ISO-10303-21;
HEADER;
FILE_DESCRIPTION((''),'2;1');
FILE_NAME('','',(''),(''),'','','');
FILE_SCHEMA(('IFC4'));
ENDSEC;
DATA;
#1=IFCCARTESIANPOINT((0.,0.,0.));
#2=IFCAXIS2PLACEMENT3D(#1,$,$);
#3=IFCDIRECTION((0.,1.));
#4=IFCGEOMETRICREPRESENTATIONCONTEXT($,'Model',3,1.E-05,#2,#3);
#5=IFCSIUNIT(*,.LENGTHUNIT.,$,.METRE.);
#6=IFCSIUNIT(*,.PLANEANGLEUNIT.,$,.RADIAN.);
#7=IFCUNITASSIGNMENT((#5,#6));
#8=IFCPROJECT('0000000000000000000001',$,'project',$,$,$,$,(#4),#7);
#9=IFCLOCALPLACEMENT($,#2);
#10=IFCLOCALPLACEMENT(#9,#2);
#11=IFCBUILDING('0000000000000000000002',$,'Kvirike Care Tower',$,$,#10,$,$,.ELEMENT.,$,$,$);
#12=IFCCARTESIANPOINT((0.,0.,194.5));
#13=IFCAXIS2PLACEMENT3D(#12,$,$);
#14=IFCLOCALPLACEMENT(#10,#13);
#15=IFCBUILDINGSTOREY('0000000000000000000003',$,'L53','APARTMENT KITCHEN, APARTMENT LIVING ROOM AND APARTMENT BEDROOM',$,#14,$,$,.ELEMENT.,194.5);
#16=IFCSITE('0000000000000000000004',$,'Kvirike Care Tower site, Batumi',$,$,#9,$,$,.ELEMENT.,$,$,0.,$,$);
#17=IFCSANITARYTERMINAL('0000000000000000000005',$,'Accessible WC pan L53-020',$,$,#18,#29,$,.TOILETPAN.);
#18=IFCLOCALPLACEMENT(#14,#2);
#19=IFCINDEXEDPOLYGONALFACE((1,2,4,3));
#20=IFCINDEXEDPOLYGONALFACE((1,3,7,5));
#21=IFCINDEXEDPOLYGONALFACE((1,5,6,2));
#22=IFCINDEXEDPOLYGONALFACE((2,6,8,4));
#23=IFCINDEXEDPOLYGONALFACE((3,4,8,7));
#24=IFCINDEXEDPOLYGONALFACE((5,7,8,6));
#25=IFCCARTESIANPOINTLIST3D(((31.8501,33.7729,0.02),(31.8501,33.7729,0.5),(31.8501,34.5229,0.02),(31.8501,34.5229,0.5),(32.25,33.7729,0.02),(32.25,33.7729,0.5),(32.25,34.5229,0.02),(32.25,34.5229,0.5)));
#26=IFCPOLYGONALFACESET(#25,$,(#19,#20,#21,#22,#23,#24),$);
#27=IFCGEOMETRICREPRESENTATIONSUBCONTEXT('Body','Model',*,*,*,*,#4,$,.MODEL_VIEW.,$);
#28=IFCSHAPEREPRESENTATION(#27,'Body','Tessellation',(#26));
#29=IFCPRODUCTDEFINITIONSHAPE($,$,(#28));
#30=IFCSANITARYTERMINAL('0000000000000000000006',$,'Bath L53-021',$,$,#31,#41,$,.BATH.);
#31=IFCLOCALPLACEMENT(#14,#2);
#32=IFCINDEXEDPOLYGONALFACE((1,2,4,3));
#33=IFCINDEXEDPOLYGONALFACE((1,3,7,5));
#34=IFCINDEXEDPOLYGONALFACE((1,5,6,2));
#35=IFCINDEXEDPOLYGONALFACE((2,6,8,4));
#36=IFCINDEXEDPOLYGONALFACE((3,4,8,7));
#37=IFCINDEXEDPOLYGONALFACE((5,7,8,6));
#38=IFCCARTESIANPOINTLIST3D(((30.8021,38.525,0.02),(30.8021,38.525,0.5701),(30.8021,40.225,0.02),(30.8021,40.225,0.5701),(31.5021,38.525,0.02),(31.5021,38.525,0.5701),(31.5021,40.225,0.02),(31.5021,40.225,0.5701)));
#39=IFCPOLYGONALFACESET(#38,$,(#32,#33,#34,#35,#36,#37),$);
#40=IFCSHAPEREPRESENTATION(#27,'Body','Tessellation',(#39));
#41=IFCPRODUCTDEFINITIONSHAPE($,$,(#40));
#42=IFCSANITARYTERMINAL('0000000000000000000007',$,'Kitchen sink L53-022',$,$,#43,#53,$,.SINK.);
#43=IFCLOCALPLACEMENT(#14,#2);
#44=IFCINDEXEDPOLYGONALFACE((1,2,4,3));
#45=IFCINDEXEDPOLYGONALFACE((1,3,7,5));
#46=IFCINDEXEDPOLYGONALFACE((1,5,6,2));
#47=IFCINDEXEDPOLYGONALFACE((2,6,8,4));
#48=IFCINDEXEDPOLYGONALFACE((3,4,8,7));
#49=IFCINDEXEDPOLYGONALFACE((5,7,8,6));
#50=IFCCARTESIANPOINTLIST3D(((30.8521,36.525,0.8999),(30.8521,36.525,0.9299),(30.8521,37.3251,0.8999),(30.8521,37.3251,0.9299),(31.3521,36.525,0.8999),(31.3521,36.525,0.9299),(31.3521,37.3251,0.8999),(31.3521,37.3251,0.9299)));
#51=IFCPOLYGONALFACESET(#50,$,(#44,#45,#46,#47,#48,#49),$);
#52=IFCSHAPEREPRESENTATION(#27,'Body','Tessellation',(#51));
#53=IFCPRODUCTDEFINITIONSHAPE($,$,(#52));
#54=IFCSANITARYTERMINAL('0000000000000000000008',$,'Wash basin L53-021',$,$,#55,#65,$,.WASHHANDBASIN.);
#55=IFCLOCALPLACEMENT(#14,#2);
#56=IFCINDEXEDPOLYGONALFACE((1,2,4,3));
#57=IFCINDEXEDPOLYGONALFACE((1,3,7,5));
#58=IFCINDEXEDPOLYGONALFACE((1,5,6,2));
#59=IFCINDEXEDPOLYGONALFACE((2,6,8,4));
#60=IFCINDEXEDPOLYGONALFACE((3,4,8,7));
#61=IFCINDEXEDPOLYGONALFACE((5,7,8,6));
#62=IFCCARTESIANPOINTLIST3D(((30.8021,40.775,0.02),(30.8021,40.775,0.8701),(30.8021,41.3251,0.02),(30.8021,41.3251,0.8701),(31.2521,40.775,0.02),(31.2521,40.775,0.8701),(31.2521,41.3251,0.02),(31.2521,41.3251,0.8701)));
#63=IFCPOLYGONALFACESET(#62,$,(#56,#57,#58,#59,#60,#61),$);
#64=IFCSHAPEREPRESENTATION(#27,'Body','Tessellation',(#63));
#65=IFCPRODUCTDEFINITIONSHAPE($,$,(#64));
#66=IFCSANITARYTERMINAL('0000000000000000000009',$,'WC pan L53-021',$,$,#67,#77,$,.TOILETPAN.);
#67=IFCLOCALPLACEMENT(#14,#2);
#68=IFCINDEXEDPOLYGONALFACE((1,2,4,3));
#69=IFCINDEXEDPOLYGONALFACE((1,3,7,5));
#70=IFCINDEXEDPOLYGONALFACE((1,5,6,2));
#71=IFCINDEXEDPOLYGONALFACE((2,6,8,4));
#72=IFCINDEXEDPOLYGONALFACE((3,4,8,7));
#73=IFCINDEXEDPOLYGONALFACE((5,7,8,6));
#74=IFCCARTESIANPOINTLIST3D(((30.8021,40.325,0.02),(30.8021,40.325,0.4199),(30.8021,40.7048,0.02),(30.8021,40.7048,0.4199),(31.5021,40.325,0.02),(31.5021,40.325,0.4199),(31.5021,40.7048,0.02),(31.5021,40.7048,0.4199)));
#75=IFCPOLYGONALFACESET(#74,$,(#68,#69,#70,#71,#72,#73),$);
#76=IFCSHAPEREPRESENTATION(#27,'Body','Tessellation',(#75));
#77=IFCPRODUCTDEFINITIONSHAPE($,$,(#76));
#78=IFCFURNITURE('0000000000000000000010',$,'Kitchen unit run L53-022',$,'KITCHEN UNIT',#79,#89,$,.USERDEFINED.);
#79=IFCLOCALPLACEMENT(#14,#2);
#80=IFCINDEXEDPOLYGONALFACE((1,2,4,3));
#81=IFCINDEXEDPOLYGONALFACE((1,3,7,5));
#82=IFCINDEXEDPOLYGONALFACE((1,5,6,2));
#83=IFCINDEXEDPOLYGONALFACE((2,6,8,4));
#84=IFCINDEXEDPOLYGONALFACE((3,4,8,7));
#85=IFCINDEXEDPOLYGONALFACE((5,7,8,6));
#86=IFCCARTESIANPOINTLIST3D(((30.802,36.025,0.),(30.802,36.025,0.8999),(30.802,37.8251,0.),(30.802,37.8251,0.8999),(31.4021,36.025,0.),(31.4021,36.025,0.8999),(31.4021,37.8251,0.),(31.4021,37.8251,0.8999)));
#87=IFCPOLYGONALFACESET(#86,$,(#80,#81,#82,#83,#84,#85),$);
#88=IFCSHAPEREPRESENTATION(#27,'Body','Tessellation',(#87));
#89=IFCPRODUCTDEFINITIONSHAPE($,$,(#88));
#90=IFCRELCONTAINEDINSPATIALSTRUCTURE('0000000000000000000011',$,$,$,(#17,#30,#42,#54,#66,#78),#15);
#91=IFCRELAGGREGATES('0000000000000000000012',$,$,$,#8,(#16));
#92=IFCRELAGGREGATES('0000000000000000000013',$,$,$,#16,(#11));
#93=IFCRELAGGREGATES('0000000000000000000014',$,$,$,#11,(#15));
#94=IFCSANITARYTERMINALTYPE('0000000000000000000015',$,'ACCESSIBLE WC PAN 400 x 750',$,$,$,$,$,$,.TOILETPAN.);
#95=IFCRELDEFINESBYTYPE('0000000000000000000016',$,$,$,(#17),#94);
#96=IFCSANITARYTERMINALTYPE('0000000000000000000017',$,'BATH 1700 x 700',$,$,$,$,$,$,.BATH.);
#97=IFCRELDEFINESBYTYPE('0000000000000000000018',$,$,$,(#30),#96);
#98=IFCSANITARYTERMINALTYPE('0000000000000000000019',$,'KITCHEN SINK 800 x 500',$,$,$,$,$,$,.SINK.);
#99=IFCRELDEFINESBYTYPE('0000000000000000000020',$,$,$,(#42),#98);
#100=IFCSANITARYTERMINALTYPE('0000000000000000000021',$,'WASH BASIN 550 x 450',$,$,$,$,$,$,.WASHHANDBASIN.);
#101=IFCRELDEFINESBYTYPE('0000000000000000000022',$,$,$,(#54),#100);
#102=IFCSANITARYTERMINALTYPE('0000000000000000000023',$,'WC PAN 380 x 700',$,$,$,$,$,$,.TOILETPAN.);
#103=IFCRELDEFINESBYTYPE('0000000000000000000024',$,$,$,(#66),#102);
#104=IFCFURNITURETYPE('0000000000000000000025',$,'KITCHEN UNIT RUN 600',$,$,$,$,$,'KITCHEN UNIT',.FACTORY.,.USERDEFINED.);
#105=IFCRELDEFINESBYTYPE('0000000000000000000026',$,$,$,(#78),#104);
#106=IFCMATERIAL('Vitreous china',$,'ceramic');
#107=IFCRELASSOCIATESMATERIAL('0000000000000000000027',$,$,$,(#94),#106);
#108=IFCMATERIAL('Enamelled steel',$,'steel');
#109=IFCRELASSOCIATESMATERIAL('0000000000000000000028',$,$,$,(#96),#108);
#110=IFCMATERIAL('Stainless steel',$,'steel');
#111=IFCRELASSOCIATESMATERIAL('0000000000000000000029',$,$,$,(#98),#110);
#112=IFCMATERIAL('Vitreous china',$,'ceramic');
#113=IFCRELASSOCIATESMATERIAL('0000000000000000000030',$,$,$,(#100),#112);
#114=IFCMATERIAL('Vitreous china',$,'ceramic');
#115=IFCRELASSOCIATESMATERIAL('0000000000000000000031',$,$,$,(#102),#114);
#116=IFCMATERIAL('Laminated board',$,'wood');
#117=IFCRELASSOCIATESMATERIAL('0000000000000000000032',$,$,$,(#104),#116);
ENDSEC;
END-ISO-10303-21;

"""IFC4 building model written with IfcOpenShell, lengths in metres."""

from ifc_helpers import new_model, si_unit, direction, frame, origin, origin_2d, place, context, subcontext, project, spatial, rectangle, extrude, material, type_object, element, save


model = new_model("IFC4")

# Units and contexts
model_context = context("Model", 3, precision=1e-05, world=origin(), true_north=direction((0.0, 1.0)))
body_context = subcontext(model_context, "Body", "Model", "MODEL_VIEW")
ifc_project = project(units=[si_unit("LENGTHUNIT", "METRE"), si_unit("PLANEANGLEUNIT", "RADIAN")], contexts=[model_context])

# Site, building, storey
site_placement = place(None, origin())
site = spatial("IfcSite", under=ifc_project, at=site_placement, Name="Kvirike Care Tower site, Batumi", CompositionType="ELEMENT", RefElevation=0.0)
building_placement = place(site_placement, origin())
building = spatial("IfcBuilding", under=site, at=building_placement, Name="Kvirike Care Tower", CompositionType="ELEMENT")
storey_placement = place(building_placement, frame((0.0, 0.0, 194.5)))
storey = spatial("IfcBuildingStorey", under=building, at=storey_placement, Name="L53", Description="APARTMENT KITCHEN, APARTMENT LIVING ROOM AND APARTMENT BEDROOM", CompositionType="ELEMENT", Elevation=194.5)

# Sanitary terminals
ifc_material_1 = material(Name="Vitreous china", Category="ceramic")
sanitary_terminal_type_1 = type_object("IfcSanitaryTerminalType", Name="ACCESSIBLE WC PAN 400 x 750", PredefinedType="TOILETPAN", material=ifc_material_1)
sanitary_terminal_1_placement = place(storey_placement, frame((32.05, 34.1479, 0.02), z_axis=(0.0, 0.0, 1.0), x_axis=(1.0, 0.0, 0.0)))
element("IfcSanitaryTerminal", 1, at=sanitary_terminal_1_placement, inside=storey, type_object=sanitary_terminal_type_1, Name="Accessible WC pan L53-020", PredefinedType="TOILETPAN", context=body_context, shape_type="SweptSolid", body=[
    extrude(rectangle(XDim=0.3999, YDim=0.75, at=origin_2d()), origin(), (0.0, 0.0, 1.0), 0.48),
])
ifc_material_2 = material(Name="Enamelled steel", Category="steel")
sanitary_terminal_type_2 = type_object("IfcSanitaryTerminalType", Name="BATH 1700 x 700", PredefinedType="BATH", material=ifc_material_2)
sanitary_terminal_2_placement = place(storey_placement, frame((31.1521, 39.375, 0.02), z_axis=(0.0, 0.0, 1.0), x_axis=(0.0, 1.0, 0.0)))
element("IfcSanitaryTerminal", 2, at=sanitary_terminal_2_placement, inside=storey, type_object=sanitary_terminal_type_2, Name="Bath L53-021", PredefinedType="BATH", context=body_context, shape_type="SweptSolid", body=[
    extrude(rectangle(XDim=1.7, YDim=0.7, at=origin_2d()), origin(), (0.0, 0.0, 1.0), 0.55),
])
ifc_material_3 = material(Name="Stainless steel", Category="steel")
sanitary_terminal_type_3 = type_object("IfcSanitaryTerminalType", Name="KITCHEN SINK 800 x 500", PredefinedType="SINK", material=ifc_material_3)
sanitary_terminal_3_placement = place(storey_placement, frame((31.1021, 36.925, 0.8999), z_axis=(0.0, 0.0, 1.0), x_axis=(0.0, 1.0, 0.0)))
element("IfcSanitaryTerminal", 3, at=sanitary_terminal_3_placement, inside=storey, type_object=sanitary_terminal_type_3, Name="Kitchen sink L53-022", PredefinedType="SINK", context=body_context, shape_type="SweptSolid", body=[
    extrude(rectangle(XDim=0.8, YDim=0.5, at=origin_2d()), origin(), (0.0, 0.0, 1.0), 0.03),
])
ifc_material_4 = material(Name="Vitreous china", Category="ceramic")
sanitary_terminal_type_4 = type_object("IfcSanitaryTerminalType", Name="WASH BASIN 550 x 450", PredefinedType="WASHHANDBASIN", material=ifc_material_4)
sanitary_terminal_4_placement = place(storey_placement, frame((31.0271, 41.05, 0.02), z_axis=(0.0, 0.0, 1.0), x_axis=(0.0, 1.0, 0.0)))
element("IfcSanitaryTerminal", 4, at=sanitary_terminal_4_placement, inside=storey, type_object=sanitary_terminal_type_4, Name="Wash basin L53-021", PredefinedType="WASHHANDBASIN", context=body_context, shape_type="SweptSolid", body=[
    extrude(rectangle(XDim=0.55, YDim=0.45, at=origin_2d()), origin(), (0.0, 0.0, 1.0), 0.8501),
])
ifc_material_5 = material(Name="Vitreous china", Category="ceramic")
sanitary_terminal_type_5 = type_object("IfcSanitaryTerminalType", Name="WC PAN 380 x 700", PredefinedType="TOILETPAN", material=ifc_material_5)
sanitary_terminal_5_placement = place(storey_placement, frame((31.1521, 40.5149, 0.02), z_axis=(0.0, 0.0, 1.0), x_axis=(0.0, 1.0, 0.0)))
element("IfcSanitaryTerminal", 5, at=sanitary_terminal_5_placement, inside=storey, type_object=sanitary_terminal_type_5, Name="WC pan L53-021", PredefinedType="TOILETPAN", context=body_context, shape_type="SweptSolid", body=[
    extrude(rectangle(XDim=0.3799, YDim=0.7, at=origin_2d()), origin(), (0.0, 0.0, 1.0), 0.3999),
])

# Furniture
ifc_material_6 = material(Name="Laminated board", Category="wood")
furniture_type = type_object("IfcFurnitureType", Name="KITCHEN UNIT RUN 600", ElementType="KITCHEN UNIT", AssemblyPlace="FACTORY", PredefinedType="USERDEFINED", material=ifc_material_6)
furniture_placement = place(storey_placement, frame((31.1021, 36.925, 0.0), z_axis=(0.0, 0.0, 1.0), x_axis=(0.0, 1.0, 0.0)))
element("IfcFurniture", 6, at=furniture_placement, inside=storey, type_object=furniture_type, Name="Kitchen unit run L53-022", ObjectType="KITCHEN UNIT", PredefinedType="USERDEFINED", context=body_context, shape_type="SweptSolid", body=[
    extrude(rectangle(XDim=1.8, YDim=0.6001, at=origin_2d()), origin(), (0.0, 0.0, 1.0), 0.8999),
])

save(model, "model.ifc")
